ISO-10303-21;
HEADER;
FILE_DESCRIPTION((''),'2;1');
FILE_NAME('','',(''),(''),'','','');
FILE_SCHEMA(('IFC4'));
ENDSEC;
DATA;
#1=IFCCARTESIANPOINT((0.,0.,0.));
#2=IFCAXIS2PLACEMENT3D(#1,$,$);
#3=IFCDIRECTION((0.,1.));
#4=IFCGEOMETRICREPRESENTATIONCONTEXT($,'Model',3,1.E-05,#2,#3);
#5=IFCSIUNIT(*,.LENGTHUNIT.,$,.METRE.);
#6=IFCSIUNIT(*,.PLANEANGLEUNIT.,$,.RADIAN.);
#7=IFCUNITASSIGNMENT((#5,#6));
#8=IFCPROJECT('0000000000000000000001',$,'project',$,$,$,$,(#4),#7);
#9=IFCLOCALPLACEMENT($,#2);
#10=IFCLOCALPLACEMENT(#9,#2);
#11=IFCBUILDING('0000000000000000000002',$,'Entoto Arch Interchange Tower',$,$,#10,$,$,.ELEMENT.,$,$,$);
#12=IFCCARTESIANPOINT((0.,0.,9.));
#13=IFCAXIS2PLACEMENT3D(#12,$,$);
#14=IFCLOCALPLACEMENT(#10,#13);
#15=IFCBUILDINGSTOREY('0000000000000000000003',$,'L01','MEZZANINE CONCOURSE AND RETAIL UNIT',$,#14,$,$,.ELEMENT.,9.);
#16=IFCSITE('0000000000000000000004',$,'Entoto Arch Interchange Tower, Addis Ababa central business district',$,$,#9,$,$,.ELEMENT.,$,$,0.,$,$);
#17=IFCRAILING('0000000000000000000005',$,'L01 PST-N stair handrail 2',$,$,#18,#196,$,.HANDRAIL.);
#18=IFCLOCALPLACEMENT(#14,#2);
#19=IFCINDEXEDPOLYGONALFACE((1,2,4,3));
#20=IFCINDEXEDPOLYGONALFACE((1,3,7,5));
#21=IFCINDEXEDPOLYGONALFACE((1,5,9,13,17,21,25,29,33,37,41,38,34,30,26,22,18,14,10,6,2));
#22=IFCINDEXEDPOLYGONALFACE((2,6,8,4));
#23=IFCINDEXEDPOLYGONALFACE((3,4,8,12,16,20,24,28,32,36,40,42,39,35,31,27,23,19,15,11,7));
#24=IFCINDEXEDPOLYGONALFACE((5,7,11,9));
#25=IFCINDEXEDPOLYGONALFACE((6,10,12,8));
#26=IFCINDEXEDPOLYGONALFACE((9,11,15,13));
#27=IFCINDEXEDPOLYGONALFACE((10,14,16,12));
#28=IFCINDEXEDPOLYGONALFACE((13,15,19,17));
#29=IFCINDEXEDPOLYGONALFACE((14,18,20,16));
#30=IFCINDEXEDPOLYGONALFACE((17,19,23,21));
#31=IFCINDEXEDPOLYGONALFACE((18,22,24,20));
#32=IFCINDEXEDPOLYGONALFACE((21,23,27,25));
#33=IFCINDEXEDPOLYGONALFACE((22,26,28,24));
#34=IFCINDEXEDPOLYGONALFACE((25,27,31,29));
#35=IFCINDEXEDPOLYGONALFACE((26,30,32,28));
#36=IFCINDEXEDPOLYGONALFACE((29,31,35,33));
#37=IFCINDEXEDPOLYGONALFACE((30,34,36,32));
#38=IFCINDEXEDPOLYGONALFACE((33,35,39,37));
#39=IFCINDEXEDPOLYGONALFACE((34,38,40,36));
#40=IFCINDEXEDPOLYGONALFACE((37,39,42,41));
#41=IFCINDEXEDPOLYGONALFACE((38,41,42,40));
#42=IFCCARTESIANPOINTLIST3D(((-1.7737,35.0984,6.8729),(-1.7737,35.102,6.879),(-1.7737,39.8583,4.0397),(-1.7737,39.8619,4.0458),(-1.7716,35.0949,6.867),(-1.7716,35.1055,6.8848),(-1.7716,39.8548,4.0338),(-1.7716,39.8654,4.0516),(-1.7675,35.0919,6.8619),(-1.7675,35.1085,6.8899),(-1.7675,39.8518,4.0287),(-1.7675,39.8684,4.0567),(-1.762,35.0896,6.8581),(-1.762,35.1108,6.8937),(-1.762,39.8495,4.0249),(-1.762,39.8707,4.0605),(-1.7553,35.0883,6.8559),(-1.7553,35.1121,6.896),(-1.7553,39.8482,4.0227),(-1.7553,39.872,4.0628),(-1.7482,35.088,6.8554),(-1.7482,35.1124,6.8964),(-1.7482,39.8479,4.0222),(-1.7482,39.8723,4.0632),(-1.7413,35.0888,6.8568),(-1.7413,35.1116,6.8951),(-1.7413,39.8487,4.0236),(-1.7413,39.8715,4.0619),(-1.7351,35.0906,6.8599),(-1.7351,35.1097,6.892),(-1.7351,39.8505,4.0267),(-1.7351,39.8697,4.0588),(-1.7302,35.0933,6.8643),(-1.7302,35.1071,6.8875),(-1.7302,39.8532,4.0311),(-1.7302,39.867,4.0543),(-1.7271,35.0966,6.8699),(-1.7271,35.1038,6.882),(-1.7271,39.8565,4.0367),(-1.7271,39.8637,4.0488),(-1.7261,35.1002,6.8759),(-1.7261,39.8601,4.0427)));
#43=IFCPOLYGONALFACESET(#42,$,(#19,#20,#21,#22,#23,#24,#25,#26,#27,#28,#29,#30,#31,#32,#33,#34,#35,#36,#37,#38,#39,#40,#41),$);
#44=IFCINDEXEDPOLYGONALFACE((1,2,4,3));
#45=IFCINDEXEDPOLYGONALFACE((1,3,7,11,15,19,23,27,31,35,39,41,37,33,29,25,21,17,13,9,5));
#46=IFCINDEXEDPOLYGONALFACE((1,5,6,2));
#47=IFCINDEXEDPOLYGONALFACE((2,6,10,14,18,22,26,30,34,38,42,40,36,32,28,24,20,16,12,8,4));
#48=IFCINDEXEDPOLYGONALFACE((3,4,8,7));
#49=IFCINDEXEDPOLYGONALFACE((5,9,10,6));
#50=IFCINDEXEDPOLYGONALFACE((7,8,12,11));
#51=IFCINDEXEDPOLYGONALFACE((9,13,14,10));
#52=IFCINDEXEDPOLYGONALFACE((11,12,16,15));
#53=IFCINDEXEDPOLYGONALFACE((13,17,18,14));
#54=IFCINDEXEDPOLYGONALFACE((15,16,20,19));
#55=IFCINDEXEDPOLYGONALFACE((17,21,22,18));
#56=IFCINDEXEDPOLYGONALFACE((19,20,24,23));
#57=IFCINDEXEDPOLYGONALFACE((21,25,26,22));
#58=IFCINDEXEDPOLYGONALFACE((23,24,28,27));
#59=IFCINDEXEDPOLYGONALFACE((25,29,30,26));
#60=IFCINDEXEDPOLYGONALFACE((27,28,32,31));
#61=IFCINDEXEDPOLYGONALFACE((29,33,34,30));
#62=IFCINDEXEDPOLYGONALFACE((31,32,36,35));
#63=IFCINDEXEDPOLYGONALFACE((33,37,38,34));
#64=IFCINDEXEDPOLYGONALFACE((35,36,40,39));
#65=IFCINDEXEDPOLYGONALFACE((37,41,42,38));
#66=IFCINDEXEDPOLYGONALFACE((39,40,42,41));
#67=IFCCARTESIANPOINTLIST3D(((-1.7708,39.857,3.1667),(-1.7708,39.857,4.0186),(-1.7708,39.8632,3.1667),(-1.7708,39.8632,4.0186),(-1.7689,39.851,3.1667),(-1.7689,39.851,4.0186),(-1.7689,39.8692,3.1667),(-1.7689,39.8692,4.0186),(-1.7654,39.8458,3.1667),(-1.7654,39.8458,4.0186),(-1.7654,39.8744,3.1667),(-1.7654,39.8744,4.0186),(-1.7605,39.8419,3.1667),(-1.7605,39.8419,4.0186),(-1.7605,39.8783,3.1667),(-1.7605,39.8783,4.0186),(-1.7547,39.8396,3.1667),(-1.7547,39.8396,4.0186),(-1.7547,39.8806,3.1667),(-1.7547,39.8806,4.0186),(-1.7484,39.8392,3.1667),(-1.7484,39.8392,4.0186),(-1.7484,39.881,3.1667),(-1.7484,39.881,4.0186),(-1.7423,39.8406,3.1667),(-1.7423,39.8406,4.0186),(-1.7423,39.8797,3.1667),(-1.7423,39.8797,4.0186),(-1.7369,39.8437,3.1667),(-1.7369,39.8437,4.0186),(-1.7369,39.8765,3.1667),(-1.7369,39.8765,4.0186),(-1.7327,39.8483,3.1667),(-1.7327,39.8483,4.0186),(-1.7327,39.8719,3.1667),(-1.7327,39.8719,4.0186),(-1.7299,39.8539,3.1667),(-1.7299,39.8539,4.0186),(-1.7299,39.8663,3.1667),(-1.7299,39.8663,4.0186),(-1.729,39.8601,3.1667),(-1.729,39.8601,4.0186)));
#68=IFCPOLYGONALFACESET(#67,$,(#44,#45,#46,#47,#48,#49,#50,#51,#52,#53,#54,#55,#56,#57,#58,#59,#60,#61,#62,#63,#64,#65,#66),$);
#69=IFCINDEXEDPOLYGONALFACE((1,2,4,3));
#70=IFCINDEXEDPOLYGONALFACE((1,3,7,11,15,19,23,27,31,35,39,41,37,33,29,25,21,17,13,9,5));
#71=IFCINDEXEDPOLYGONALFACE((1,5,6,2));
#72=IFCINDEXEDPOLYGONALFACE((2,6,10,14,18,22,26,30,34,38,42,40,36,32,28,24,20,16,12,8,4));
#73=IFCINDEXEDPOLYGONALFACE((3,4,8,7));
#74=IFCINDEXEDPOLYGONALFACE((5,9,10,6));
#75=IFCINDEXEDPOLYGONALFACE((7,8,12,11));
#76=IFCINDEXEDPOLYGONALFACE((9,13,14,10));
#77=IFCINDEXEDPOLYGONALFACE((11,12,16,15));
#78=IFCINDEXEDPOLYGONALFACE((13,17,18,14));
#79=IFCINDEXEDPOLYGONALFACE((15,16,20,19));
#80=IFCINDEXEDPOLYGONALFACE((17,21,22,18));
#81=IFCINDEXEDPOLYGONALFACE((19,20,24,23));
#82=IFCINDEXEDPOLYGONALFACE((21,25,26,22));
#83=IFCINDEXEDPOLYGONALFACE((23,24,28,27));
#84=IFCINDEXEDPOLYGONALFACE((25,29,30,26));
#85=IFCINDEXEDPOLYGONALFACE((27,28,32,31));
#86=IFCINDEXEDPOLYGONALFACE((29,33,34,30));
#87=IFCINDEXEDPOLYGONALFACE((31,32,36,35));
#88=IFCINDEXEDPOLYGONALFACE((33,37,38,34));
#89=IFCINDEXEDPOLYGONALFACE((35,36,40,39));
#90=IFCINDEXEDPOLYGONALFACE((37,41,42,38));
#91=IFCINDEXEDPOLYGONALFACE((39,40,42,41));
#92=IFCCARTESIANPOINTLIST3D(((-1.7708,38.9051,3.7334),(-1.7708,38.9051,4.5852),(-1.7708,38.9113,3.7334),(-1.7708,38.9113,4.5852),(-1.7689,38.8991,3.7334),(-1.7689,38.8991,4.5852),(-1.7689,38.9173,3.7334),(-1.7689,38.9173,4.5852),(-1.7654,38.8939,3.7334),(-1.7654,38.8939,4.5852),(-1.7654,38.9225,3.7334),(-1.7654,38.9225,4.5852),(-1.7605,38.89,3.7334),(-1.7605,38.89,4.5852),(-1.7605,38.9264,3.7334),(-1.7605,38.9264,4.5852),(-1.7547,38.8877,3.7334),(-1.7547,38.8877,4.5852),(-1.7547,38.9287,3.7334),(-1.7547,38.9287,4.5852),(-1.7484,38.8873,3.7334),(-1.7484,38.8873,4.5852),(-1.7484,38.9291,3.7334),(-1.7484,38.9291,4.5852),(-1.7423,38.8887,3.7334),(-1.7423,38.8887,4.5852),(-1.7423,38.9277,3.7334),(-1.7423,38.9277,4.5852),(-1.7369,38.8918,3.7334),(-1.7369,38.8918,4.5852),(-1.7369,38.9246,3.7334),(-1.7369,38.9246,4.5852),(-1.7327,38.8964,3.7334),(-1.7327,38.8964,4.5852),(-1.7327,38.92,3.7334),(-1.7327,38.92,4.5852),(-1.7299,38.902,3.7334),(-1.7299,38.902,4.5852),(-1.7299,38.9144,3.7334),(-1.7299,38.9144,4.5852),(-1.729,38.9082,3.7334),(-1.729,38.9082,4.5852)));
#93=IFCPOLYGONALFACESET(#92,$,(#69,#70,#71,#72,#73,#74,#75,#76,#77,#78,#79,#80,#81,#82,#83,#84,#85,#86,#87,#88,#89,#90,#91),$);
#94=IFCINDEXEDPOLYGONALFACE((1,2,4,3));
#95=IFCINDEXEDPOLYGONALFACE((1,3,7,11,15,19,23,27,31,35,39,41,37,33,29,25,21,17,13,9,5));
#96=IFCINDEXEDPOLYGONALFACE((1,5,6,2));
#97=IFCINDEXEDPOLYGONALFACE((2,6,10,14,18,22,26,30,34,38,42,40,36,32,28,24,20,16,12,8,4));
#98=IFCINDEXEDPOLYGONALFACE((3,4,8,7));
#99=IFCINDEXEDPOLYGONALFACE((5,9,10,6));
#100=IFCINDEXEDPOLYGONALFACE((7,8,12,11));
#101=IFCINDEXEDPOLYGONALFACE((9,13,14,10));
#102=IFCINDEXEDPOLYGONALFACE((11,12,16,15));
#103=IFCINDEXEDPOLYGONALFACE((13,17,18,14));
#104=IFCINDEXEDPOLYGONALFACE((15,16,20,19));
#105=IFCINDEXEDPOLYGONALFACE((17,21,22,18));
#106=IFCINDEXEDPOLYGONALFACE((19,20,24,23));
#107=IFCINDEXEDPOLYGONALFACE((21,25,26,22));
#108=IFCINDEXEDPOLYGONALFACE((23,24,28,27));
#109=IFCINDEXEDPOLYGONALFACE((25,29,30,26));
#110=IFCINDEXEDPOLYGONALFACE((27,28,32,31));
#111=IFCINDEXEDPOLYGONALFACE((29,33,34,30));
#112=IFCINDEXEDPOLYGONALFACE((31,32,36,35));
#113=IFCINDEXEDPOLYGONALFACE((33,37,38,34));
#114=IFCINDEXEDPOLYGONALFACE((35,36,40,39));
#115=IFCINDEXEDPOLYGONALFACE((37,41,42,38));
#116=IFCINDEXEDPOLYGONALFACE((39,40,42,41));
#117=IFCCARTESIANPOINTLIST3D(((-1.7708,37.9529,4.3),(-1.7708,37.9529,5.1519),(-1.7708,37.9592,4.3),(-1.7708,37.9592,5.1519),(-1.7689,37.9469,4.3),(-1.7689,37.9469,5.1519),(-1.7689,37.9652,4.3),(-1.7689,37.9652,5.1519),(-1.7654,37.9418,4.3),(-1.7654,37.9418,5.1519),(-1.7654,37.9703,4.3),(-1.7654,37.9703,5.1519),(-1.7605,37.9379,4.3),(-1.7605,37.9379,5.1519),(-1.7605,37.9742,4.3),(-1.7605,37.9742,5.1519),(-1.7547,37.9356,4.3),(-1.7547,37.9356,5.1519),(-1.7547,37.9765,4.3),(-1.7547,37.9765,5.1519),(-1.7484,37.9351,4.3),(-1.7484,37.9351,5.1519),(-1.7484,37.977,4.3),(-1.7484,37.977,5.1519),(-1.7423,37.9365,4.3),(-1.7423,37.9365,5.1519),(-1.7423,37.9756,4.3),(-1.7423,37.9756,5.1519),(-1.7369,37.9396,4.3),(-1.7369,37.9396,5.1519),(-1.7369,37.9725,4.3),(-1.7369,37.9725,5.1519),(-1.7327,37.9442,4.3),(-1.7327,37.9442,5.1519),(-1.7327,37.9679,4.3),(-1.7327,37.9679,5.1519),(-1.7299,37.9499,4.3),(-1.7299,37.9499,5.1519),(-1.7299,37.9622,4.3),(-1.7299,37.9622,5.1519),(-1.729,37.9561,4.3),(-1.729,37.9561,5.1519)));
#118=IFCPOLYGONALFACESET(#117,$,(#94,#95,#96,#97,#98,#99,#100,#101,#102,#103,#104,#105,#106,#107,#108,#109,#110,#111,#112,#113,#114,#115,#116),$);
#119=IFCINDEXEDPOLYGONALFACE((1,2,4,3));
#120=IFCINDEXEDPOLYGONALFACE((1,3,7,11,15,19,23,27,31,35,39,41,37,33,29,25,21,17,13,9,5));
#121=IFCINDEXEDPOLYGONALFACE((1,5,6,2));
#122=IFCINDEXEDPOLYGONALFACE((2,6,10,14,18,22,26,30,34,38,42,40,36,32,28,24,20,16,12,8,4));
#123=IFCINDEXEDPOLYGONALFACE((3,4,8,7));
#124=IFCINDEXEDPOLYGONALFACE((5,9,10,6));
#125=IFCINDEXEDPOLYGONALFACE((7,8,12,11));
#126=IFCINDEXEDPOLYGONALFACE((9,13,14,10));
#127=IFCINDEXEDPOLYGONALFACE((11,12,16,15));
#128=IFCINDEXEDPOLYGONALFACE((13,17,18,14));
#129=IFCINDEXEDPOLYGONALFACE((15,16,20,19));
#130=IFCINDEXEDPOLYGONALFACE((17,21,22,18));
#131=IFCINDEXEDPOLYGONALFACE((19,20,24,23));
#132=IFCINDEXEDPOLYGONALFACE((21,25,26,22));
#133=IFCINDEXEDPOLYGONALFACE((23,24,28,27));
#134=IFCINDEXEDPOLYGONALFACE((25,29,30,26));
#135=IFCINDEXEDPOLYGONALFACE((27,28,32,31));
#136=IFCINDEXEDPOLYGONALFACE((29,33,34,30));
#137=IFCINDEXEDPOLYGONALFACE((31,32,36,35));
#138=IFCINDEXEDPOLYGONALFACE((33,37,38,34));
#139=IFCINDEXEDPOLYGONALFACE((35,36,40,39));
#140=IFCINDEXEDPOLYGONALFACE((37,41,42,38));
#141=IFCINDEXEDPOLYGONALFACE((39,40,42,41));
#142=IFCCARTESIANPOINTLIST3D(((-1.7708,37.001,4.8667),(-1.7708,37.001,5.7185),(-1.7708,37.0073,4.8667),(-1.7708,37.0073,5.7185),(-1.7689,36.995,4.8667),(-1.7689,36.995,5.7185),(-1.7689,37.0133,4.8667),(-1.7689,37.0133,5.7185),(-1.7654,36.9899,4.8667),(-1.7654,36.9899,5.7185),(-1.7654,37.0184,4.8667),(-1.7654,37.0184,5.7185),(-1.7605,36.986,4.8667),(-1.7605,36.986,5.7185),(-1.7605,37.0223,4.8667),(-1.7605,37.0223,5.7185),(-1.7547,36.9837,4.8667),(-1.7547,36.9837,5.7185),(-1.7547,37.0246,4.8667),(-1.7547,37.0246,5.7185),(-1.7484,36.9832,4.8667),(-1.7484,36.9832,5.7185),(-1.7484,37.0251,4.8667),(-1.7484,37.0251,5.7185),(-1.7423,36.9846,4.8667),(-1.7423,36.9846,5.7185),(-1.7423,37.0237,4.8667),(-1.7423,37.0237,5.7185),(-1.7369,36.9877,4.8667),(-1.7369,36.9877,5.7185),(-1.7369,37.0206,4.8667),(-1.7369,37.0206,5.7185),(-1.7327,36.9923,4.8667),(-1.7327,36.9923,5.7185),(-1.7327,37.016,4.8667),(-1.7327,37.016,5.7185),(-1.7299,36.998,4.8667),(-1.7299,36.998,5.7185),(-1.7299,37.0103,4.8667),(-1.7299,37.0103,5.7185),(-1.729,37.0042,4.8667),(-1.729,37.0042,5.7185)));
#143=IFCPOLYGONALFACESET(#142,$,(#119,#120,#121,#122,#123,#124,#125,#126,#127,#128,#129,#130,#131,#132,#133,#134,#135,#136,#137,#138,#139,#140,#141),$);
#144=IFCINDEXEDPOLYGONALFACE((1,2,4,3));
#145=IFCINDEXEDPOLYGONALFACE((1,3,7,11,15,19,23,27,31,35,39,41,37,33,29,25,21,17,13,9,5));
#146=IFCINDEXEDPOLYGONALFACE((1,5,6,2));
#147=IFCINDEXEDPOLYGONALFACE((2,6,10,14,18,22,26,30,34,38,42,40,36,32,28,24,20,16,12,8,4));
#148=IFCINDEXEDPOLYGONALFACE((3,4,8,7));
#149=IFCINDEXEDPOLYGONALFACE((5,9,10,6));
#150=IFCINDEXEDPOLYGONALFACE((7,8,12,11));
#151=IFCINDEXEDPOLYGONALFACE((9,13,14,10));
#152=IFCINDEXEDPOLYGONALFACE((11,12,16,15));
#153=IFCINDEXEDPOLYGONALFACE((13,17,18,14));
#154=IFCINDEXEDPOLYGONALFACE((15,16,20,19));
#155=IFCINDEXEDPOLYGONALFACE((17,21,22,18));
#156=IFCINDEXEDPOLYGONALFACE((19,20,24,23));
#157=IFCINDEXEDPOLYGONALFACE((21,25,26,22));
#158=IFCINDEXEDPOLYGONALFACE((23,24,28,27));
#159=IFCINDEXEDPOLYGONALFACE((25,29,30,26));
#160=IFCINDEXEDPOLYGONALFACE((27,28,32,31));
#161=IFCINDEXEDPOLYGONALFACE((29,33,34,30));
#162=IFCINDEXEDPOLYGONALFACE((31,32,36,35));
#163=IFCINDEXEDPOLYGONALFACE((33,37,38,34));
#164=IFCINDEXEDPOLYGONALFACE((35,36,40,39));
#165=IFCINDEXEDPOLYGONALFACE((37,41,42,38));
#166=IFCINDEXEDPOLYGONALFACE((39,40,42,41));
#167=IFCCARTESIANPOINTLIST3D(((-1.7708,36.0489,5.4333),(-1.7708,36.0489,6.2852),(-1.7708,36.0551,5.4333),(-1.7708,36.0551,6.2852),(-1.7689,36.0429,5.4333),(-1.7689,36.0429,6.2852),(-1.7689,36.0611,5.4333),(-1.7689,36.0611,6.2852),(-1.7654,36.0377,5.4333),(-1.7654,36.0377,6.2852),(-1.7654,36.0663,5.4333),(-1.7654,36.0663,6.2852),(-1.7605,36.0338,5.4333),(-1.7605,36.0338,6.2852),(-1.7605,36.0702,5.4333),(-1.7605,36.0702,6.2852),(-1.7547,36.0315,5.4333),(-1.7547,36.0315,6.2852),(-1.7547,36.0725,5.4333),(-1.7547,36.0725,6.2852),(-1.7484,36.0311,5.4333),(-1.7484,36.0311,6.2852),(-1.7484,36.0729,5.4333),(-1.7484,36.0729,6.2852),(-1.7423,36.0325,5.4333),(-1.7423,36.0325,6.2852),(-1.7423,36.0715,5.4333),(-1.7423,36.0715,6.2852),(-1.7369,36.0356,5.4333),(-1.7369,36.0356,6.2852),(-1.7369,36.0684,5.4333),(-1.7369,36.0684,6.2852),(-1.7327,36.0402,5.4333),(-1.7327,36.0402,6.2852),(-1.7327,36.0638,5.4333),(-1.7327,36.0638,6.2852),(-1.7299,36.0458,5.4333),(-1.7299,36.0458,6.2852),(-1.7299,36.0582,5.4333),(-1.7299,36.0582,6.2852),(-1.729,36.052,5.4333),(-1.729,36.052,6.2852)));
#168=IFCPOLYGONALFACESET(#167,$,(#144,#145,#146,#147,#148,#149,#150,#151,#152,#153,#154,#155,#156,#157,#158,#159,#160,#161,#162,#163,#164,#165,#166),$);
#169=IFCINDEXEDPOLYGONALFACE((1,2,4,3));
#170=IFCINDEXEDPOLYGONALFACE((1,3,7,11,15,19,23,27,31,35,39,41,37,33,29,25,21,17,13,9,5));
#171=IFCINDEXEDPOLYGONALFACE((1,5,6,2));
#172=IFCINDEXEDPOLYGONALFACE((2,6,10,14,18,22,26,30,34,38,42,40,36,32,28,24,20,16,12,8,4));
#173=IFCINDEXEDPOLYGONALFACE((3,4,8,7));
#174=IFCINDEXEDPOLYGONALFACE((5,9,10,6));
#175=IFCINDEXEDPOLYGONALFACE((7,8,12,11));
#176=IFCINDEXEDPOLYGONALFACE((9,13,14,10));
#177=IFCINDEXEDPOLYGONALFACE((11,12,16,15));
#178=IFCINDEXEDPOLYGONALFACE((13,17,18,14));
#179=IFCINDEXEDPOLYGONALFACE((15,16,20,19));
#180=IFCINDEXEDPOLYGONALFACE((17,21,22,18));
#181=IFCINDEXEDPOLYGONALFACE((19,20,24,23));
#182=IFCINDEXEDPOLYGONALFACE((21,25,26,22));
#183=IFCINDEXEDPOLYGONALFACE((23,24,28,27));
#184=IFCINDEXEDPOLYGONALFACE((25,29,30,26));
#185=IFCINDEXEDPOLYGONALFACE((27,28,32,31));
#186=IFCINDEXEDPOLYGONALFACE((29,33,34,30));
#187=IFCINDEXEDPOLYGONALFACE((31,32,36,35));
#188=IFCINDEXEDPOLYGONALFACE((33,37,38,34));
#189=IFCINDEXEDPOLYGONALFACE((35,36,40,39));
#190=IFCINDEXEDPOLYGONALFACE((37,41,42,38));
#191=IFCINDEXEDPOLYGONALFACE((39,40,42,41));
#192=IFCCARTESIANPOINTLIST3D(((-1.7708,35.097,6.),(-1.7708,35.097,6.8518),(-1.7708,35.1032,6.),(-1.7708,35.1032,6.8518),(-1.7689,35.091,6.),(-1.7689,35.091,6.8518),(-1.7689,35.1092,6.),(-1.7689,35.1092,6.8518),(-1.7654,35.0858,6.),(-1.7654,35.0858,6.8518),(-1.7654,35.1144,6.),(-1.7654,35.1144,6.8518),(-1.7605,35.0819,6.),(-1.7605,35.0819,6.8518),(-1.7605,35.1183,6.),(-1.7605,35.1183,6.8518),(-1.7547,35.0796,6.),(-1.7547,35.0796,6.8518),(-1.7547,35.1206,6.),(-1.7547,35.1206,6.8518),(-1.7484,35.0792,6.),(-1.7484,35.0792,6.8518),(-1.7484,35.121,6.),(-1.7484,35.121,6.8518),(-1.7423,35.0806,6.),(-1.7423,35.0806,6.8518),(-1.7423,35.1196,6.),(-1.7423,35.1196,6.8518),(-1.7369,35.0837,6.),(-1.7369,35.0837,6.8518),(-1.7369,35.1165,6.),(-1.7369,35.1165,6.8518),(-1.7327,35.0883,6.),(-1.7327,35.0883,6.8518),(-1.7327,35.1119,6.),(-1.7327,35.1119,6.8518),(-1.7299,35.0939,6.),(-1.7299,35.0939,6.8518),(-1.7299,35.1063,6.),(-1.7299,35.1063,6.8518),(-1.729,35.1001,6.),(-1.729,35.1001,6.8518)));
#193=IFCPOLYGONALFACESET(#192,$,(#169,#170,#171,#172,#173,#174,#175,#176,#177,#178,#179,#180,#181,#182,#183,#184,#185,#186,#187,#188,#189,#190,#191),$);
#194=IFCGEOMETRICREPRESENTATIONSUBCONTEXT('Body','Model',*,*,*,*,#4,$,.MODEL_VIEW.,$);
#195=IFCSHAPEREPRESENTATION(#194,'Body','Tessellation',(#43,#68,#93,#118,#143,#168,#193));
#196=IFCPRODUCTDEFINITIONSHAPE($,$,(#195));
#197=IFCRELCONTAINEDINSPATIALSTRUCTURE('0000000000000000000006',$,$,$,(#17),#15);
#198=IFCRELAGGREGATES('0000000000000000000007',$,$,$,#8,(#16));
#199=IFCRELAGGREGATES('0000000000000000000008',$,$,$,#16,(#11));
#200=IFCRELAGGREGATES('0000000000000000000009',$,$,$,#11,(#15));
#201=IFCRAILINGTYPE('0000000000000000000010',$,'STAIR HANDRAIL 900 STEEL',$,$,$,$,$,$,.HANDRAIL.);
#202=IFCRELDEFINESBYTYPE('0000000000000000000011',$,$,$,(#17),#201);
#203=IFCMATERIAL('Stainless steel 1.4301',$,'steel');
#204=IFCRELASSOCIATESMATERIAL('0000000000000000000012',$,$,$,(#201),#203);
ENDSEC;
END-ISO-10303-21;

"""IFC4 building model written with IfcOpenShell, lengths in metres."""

from ifc_helpers import new_model, si_unit, direction, frame, origin, origin_2d, place, context, subcontext, project, spatial, circle, extrude, material, type_object, element, save


model = new_model("IFC4")

# Units and contexts
model_context = context("Model", 3, precision=1e-05, world=origin(), true_north=direction((0.0, 1.0)))
body_context = subcontext(model_context, "Body", "Model", "MODEL_VIEW")
ifc_project = project(units=[si_unit("LENGTHUNIT", "METRE"), si_unit("PLANEANGLEUNIT", "RADIAN")], contexts=[model_context])

# Site, building, storey
site_placement = place(None, origin())
site = spatial("IfcSite", under=ifc_project, at=site_placement, Name="Entoto Arch Interchange Tower, Addis Ababa central business district", CompositionType="ELEMENT", RefElevation=0.0)
building_placement = place(site_placement, origin())
building = spatial("IfcBuilding", under=site, at=building_placement, Name="Entoto Arch Interchange Tower", CompositionType="ELEMENT")
storey_placement = place(building_placement, frame((0.0, 0.0, 9.0)))
storey = spatial("IfcBuildingStorey", under=building, at=storey_placement, Name="L01", Description="MEZZANINE CONCOURSE AND RETAIL UNIT", CompositionType="ELEMENT", Elevation=9.0)

# Railing
ifc_material_1 = material(Name="Stainless steel 1.4301", Category="steel")
railing_type_1 = type_object("IfcRailingType", Name="STAIR HANDRAIL 900 STEEL", PredefinedType="HANDRAIL", material=ifc_material_1)
railing_1_placement = place(storey_placement, frame((-1.75, 39.8601, 3.1667)))
element("IfcRailing", 1, at=railing_1_placement, inside=storey, type_object=railing_type_1, Name="L01 PST-N stair handrail 2", PredefinedType="HANDRAIL", context=body_context, shape_type="SweptSolid", body=[
    extrude(circle(Radius=0.0239, at=origin_2d()), frame((0.0, 0.0, 0.876), z_axis=(0.0, -0.8593, 0.511472), x_axis=(1.0, 0.0, 0.0)), (0.0, 0.0, 1.0), 5.5393),
    extrude(circle(Radius=0.021, at=origin_2d()), origin(), (0.0, 0.0, 1.0), 0.8518),
    extrude(circle(Radius=0.021, at=origin_2d()), frame((0.0, -0.9519, 0.5667)), (0.0, 0.0, 1.0), 0.8518),
    extrude(circle(Radius=0.021, at=origin_2d()), frame((0.0, -1.9041, 1.1333)), (0.0, 0.0, 1.0), 0.8518),
    extrude(circle(Radius=0.021, at=origin_2d()), frame((0.0, -2.856, 1.7)), (0.0, 0.0, 1.0), 0.8518),
    extrude(circle(Radius=0.021, at=origin_2d()), frame((0.0, -3.8081, 2.2666)), (0.0, 0.0, 1.0), 0.8518),
    extrude(circle(Radius=0.021, at=origin_2d()), frame((0.0, -4.76, 2.8333)), (0.0, 0.0, 1.0), 0.8518),
])

save(model, "model.ifc")
